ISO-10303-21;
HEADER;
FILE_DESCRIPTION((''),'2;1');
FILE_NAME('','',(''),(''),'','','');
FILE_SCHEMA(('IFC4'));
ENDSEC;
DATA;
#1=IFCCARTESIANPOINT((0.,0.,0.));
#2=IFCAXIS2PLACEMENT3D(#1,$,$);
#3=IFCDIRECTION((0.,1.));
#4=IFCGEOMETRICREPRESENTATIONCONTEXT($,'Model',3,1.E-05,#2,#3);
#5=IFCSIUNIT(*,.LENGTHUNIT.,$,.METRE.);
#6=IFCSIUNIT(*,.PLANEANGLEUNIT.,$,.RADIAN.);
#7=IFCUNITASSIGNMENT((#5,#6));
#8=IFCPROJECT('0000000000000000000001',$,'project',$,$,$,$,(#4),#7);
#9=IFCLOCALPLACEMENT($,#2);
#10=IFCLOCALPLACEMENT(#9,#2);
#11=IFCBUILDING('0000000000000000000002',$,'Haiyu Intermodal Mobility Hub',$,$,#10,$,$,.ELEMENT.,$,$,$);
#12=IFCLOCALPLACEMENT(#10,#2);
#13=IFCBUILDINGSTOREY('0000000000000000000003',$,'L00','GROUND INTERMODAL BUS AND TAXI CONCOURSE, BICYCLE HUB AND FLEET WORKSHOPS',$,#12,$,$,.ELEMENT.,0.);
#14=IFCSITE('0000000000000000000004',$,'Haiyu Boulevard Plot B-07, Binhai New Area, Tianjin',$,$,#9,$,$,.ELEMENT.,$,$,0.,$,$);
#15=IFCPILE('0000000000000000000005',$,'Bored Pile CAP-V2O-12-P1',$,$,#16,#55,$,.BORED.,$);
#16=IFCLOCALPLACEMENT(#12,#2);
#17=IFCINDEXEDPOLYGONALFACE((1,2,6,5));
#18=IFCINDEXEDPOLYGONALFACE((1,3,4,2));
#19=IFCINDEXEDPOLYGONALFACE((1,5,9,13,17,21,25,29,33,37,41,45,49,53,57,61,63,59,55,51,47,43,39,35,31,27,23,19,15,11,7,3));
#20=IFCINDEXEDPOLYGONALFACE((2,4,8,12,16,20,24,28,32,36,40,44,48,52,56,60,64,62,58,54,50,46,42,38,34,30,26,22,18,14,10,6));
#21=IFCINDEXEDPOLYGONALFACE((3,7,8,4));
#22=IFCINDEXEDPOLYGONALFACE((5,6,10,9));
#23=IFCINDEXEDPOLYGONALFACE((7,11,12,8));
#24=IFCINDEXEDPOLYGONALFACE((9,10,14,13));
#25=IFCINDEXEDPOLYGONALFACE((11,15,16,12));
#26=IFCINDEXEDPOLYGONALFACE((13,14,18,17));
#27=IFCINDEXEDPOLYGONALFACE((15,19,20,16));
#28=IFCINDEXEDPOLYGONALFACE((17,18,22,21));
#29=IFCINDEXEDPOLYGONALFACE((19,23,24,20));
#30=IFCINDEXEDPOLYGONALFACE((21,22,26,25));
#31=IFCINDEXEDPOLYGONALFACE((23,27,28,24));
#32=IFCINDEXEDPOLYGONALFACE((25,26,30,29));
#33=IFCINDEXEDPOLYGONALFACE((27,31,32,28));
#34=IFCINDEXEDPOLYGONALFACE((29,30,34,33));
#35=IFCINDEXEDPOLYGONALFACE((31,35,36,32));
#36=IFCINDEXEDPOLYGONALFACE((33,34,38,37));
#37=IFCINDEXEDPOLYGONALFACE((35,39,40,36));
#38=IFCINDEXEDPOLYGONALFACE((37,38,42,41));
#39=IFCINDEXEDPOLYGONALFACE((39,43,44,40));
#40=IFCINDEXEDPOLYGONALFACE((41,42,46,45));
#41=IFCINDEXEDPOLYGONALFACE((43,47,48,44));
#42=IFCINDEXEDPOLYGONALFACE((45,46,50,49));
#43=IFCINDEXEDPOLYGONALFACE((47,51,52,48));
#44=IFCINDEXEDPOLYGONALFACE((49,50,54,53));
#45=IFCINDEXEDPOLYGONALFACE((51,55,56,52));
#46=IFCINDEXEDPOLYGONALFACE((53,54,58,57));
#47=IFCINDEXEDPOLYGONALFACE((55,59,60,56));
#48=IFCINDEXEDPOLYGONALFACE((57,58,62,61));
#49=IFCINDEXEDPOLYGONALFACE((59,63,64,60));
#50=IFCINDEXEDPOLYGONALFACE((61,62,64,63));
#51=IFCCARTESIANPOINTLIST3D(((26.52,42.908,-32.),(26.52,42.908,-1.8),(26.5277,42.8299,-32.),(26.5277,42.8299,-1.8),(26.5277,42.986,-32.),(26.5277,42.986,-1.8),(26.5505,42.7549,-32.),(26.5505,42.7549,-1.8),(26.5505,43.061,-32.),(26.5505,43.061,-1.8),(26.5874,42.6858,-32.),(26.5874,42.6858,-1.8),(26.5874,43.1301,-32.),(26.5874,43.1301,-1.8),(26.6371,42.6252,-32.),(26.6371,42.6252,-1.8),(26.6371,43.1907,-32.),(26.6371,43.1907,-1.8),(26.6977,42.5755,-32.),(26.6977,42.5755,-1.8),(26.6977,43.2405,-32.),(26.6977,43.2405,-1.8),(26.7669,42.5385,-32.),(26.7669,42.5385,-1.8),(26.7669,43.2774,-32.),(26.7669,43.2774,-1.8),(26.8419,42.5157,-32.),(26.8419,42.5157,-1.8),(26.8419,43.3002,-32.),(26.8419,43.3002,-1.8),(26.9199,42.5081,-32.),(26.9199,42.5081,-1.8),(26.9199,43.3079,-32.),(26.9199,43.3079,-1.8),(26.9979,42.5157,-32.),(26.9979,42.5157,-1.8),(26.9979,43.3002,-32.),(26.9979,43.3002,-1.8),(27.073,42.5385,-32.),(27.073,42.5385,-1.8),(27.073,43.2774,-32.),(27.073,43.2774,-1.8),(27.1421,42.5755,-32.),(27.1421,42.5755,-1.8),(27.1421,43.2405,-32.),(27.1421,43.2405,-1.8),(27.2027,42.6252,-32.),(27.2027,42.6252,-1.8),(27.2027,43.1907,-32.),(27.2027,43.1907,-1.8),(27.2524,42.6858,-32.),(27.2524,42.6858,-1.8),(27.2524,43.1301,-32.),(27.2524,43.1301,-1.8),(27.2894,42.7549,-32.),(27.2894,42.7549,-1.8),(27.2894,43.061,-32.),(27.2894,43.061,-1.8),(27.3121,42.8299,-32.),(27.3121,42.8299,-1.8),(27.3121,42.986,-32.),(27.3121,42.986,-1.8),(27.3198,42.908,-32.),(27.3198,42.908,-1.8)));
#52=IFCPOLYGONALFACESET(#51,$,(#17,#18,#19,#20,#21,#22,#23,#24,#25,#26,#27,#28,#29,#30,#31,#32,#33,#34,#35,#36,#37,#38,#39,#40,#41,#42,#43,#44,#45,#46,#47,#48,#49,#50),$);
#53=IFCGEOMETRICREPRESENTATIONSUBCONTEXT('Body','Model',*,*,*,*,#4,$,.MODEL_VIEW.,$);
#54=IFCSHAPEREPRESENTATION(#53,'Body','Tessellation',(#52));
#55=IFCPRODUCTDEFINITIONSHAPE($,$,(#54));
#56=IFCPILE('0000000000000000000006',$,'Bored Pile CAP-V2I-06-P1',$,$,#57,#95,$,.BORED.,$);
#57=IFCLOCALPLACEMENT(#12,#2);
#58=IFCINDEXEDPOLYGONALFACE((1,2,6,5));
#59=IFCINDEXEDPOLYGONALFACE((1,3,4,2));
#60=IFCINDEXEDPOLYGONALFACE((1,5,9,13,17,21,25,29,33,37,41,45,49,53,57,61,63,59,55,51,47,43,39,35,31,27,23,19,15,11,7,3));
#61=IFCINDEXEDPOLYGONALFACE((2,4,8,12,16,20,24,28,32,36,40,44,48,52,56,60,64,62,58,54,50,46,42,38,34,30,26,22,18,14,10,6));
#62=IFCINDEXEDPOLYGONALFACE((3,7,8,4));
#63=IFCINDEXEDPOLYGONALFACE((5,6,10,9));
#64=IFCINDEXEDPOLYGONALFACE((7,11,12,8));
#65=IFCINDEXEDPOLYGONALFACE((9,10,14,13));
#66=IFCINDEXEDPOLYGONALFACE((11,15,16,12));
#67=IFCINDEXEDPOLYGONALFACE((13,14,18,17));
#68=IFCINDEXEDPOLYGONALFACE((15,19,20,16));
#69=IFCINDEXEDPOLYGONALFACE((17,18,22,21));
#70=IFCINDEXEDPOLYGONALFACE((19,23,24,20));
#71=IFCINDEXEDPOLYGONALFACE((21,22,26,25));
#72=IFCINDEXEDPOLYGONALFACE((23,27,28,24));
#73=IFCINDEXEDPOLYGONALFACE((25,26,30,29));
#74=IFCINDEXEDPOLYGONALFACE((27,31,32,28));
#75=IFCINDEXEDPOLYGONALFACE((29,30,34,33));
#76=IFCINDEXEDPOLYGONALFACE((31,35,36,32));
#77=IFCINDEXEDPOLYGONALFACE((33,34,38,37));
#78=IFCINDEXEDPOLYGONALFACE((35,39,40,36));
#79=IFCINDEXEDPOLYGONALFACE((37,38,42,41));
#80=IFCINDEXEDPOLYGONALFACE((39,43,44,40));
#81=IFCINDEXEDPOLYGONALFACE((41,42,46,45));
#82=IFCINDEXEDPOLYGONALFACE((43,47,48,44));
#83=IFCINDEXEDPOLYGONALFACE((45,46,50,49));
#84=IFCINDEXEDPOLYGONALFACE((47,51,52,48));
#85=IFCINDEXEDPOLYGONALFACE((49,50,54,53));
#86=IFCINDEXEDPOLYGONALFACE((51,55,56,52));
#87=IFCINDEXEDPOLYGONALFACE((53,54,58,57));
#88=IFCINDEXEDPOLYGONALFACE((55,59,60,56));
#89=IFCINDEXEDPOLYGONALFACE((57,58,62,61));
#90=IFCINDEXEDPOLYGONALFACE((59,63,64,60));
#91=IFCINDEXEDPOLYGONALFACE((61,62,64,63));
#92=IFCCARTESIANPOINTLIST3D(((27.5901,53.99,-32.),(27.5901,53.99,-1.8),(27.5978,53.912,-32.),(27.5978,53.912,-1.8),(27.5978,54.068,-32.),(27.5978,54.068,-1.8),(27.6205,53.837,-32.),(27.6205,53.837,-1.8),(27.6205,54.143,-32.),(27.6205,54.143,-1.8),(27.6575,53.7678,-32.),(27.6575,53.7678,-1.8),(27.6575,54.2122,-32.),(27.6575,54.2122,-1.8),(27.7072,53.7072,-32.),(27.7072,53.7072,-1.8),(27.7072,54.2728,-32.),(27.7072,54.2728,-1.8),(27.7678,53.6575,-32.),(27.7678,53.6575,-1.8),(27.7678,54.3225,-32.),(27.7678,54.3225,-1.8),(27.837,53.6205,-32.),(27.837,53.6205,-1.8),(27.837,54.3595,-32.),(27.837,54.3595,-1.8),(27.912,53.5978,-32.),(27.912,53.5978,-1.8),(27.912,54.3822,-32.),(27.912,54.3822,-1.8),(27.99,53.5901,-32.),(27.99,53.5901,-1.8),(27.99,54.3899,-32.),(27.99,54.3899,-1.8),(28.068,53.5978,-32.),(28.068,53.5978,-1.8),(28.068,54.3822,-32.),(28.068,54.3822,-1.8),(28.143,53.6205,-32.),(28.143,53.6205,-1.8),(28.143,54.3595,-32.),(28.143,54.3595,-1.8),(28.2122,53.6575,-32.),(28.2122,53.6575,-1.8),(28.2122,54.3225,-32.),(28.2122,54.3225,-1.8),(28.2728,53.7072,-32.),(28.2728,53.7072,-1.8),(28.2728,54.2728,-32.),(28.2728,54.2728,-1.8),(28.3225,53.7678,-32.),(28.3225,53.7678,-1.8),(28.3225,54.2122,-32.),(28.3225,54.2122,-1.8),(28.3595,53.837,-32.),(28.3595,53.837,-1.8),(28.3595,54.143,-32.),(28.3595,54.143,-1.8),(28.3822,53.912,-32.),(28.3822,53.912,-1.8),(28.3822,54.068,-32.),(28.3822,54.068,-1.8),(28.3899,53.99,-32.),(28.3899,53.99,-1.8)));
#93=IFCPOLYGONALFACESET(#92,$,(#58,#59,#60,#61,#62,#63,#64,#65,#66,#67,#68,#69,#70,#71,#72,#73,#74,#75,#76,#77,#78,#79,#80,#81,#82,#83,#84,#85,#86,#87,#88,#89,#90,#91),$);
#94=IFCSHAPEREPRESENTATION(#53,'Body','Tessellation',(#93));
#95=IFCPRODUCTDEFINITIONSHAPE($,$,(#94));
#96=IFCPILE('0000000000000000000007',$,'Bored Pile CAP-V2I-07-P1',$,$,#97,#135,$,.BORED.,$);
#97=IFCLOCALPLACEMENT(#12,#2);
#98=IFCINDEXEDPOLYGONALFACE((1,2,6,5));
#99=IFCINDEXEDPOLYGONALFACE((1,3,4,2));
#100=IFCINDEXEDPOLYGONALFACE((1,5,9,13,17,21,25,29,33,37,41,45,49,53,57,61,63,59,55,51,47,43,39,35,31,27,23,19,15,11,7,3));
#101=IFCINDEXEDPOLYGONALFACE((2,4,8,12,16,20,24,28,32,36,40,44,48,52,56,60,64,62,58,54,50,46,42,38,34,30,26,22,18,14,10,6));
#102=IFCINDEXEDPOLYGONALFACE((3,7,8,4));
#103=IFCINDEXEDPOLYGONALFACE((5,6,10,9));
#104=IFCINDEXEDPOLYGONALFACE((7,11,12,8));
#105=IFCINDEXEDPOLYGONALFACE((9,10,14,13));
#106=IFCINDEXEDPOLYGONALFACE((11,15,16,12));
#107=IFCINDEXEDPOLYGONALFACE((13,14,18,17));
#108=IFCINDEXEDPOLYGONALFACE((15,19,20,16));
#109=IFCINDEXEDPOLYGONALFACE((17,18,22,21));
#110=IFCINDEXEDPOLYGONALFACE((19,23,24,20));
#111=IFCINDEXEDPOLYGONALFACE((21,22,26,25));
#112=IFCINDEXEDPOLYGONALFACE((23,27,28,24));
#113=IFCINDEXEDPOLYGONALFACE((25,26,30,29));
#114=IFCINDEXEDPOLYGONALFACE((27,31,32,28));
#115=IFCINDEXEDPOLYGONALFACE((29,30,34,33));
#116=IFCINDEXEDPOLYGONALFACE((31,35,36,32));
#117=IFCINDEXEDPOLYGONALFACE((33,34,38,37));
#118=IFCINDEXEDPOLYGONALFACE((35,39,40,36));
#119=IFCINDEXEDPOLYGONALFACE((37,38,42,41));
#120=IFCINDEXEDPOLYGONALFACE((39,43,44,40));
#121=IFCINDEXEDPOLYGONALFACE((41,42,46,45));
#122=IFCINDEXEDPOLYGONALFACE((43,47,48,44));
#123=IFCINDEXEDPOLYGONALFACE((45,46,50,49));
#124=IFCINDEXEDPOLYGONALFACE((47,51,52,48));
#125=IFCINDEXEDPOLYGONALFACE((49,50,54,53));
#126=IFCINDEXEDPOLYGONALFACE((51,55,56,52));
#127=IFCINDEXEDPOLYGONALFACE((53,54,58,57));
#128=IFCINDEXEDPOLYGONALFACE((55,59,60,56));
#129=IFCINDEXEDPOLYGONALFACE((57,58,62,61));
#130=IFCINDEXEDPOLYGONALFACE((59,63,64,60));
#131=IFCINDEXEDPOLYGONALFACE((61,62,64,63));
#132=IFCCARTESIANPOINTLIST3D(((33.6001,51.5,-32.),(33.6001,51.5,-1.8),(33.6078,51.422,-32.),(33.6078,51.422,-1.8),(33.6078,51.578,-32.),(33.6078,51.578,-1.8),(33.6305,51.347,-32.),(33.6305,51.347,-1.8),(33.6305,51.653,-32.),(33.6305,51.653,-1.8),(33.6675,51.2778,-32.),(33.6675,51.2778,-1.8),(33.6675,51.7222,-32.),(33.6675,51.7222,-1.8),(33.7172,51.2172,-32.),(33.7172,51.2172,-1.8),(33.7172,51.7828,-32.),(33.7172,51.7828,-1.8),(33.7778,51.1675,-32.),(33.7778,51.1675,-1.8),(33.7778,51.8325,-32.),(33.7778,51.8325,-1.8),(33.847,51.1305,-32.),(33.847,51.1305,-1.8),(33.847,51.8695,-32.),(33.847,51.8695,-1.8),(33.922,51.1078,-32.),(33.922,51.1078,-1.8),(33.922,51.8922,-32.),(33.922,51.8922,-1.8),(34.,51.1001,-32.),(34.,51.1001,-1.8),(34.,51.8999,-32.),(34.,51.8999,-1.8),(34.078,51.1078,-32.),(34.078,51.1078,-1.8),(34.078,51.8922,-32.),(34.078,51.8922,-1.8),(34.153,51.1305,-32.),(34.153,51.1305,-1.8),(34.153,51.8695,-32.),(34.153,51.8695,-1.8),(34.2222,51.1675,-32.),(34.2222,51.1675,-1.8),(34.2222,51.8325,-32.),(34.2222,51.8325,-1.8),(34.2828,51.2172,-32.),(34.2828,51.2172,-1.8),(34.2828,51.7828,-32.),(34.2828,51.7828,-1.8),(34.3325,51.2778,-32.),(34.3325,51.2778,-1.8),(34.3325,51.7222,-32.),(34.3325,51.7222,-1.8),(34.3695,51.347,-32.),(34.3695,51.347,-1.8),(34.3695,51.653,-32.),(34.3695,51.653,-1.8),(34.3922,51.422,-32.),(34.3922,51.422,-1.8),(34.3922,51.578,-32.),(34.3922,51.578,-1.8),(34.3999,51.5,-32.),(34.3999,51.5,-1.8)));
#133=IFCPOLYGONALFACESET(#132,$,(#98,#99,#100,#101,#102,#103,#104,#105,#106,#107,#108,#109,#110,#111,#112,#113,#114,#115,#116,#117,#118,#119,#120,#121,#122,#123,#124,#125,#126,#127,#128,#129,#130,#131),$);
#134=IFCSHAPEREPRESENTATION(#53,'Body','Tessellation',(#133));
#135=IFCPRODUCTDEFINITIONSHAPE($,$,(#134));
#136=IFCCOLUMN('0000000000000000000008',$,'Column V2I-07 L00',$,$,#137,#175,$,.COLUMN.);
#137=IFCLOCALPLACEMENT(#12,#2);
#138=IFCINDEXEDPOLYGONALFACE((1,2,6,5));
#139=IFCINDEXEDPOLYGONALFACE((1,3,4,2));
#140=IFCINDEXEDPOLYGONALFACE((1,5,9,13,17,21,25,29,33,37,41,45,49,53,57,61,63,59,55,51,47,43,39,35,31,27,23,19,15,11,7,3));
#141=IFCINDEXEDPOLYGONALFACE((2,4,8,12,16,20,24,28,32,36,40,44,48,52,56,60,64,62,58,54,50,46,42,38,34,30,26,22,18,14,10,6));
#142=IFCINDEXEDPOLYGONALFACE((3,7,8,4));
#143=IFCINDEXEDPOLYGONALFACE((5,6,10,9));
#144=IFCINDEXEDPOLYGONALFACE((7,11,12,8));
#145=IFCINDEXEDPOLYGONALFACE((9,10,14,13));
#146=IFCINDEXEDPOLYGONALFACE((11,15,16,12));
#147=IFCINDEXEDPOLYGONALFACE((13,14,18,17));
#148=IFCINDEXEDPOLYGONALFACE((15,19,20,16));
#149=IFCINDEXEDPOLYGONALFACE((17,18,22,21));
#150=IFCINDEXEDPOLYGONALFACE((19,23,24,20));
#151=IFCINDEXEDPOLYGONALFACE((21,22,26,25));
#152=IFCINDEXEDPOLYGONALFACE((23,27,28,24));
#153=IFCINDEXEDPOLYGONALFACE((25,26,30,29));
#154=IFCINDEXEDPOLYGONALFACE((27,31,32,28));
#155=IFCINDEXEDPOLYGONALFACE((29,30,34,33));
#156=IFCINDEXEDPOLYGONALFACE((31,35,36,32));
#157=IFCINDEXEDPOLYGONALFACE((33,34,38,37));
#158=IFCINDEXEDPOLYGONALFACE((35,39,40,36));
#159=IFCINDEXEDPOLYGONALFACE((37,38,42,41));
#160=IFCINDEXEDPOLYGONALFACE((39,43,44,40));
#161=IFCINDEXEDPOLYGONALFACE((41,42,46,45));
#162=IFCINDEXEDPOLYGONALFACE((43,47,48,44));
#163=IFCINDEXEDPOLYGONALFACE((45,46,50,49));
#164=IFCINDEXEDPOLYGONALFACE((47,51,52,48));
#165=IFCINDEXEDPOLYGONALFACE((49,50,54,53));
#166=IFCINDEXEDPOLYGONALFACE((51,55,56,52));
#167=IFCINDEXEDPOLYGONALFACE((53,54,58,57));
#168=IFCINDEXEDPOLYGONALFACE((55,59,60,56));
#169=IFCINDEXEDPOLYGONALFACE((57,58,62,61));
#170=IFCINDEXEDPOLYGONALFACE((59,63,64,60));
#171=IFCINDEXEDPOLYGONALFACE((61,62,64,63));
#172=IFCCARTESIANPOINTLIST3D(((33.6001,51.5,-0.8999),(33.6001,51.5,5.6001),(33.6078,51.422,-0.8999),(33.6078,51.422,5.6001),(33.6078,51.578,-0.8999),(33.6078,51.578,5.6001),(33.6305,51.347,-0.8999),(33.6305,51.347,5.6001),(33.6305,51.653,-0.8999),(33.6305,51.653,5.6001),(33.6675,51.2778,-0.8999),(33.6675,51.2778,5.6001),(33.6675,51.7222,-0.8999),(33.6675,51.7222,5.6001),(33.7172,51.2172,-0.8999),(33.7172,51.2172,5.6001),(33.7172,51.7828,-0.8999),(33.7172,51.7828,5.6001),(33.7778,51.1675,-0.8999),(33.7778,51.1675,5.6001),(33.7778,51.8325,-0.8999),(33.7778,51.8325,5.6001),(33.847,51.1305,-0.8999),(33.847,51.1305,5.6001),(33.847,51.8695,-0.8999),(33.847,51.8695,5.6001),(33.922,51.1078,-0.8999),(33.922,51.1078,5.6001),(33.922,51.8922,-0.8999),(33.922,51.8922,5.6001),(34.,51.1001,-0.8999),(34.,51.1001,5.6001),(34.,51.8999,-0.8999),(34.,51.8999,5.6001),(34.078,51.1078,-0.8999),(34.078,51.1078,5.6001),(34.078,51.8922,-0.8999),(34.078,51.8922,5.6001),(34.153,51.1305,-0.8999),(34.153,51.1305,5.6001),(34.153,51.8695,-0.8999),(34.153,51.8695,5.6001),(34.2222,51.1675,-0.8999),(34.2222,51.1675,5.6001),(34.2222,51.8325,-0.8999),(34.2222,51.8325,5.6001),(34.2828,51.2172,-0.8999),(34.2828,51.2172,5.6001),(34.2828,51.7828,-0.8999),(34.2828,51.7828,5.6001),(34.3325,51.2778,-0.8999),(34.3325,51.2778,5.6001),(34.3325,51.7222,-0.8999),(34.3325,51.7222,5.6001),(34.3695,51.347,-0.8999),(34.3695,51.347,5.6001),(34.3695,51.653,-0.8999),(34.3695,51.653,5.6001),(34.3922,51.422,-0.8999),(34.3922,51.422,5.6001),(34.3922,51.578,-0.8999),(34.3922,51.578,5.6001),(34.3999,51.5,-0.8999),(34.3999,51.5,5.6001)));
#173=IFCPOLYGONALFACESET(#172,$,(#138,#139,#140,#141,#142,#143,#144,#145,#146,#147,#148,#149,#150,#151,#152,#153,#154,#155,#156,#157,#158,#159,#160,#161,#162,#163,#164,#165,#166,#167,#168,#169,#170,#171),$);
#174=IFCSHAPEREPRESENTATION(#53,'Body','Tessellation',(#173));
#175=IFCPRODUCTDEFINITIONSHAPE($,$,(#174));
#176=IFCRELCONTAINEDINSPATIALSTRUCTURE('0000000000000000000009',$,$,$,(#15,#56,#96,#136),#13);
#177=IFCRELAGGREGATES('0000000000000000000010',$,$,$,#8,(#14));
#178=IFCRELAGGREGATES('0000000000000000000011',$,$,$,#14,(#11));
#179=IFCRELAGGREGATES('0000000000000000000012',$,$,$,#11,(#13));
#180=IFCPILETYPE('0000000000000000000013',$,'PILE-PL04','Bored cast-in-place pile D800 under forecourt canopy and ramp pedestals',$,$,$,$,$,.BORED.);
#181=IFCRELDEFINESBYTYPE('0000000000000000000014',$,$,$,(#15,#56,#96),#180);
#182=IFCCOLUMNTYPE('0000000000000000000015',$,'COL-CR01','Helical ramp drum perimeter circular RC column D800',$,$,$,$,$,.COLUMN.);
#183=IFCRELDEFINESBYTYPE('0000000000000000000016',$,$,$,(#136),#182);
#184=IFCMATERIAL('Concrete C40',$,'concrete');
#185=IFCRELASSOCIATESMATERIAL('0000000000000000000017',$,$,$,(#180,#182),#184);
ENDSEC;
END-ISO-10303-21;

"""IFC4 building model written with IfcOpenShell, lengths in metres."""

from ifc_helpers import new_model, si_unit, direction, frame, origin, origin_2d, place, context, subcontext, project, spatial, circle, extrude, material, material_profile, profile_set, type_object, element, save


model = new_model("IFC4")

# Units and contexts
model_context = context("Model", 3, precision=1e-05, world=origin(), true_north=direction((0.0, 1.0)))
body_context = subcontext(model_context, "Body", "Model", "MODEL_VIEW")
ifc_project = project(units=[si_unit("LENGTHUNIT", "METRE"), si_unit("PLANEANGLEUNIT", "RADIAN")], contexts=[model_context])

# Site, building, storey
site_placement = place(None, origin())
site = spatial("IfcSite", under=ifc_project, at=site_placement, Name="Haiyu Boulevard Plot B-07, Binhai New Area, Tianjin", CompositionType="ELEMENT", RefElevation=0.0)
building_placement = place(site_placement, origin())
building = spatial("IfcBuilding", under=site, at=building_placement, Name="Haiyu Intermodal Mobility Hub", CompositionType="ELEMENT")
storey_placement = place(building_placement, origin())
storey = spatial("IfcBuildingStorey", under=building, at=storey_placement, Name="L00", Description="GROUND INTERMODAL BUS AND TAXI CONCOURSE, BICYCLE HUB AND FLEET WORKSHOPS", CompositionType="ELEMENT", Elevation=0.0)

# Shared definitions
ifc_material_1 = material(Name="Concrete C40", Category="concrete")

# Piles
ifc_material_profile_1 = material_profile(ifc_material_1, circle(Radius=0.3999, at=origin_2d()), Name="PILE-D800")
ifc_profile_set_1 = profile_set([ifc_material_profile_1], Name="Concrete C40")
pile_type = type_object("IfcPileType", Name="PILE-PL04", Description="Bored cast-in-place pile D800 under forecourt canopy and ramp pedestals", PredefinedType="BORED", material=ifc_profile_set_1)
for number, where, z_axis, x_axis, name in (
    (1, (26.9199, 42.908, -1.8), (0.0, 0.0, -1.0), (1.0, 0.0, 0.0), "Bored Pile CAP-V2O-12-P1"),
    (2, (27.99, 53.99, -1.8), (0.0, 0.0, -1.0), (1.0, 0.0, 0.0), "Bored Pile CAP-V2I-06-P1"),
    (3, (34.0, 51.5, -1.8), (0.0, 0.0, -1.0), (1.0, 0.0, 0.0), "Bored Pile CAP-V2I-07-P1"),
):
    element("IfcPile", number, at=place(storey_placement, frame(where, z_axis=z_axis, x_axis=x_axis)), inside=storey, type_object=pile_type, Name=name, PredefinedType="BORED", context=body_context, shape_type="SweptSolid", body=[
        extrude(circle(Radius=0.3999, at=origin_2d()), origin(), (0.0, 0.0, 1.0), 30.2),
    ])

# Column
ifc_material_profile_2 = material_profile(ifc_material_1, circle(Radius=0.3999, at=origin_2d()), Name="RCCOL-D800")
ifc_profile_set_2 = profile_set([ifc_material_profile_2], Name="Concrete C40")
column_type_1 = type_object("IfcColumnType", Name="COL-CR01", Description="Helical ramp drum perimeter circular RC column D800", PredefinedType="COLUMN", material=ifc_profile_set_2)
column_placement = place(storey_placement, frame((34.0, 51.5, -0.8999), z_axis=(0.0, 0.0, 1.0), x_axis=(1.0, 0.0, 0.0)))
element("IfcColumn", 4, at=column_placement, inside=storey, type_object=column_type_1, Name="Column V2I-07 L00", PredefinedType="COLUMN", context=body_context, shape_type="SweptSolid", body=[
    extrude(circle(Radius=0.3999, at=origin_2d()), origin(), (0.0, 0.0, 1.0), 6.5),
])

save(model, "model.ifc")
